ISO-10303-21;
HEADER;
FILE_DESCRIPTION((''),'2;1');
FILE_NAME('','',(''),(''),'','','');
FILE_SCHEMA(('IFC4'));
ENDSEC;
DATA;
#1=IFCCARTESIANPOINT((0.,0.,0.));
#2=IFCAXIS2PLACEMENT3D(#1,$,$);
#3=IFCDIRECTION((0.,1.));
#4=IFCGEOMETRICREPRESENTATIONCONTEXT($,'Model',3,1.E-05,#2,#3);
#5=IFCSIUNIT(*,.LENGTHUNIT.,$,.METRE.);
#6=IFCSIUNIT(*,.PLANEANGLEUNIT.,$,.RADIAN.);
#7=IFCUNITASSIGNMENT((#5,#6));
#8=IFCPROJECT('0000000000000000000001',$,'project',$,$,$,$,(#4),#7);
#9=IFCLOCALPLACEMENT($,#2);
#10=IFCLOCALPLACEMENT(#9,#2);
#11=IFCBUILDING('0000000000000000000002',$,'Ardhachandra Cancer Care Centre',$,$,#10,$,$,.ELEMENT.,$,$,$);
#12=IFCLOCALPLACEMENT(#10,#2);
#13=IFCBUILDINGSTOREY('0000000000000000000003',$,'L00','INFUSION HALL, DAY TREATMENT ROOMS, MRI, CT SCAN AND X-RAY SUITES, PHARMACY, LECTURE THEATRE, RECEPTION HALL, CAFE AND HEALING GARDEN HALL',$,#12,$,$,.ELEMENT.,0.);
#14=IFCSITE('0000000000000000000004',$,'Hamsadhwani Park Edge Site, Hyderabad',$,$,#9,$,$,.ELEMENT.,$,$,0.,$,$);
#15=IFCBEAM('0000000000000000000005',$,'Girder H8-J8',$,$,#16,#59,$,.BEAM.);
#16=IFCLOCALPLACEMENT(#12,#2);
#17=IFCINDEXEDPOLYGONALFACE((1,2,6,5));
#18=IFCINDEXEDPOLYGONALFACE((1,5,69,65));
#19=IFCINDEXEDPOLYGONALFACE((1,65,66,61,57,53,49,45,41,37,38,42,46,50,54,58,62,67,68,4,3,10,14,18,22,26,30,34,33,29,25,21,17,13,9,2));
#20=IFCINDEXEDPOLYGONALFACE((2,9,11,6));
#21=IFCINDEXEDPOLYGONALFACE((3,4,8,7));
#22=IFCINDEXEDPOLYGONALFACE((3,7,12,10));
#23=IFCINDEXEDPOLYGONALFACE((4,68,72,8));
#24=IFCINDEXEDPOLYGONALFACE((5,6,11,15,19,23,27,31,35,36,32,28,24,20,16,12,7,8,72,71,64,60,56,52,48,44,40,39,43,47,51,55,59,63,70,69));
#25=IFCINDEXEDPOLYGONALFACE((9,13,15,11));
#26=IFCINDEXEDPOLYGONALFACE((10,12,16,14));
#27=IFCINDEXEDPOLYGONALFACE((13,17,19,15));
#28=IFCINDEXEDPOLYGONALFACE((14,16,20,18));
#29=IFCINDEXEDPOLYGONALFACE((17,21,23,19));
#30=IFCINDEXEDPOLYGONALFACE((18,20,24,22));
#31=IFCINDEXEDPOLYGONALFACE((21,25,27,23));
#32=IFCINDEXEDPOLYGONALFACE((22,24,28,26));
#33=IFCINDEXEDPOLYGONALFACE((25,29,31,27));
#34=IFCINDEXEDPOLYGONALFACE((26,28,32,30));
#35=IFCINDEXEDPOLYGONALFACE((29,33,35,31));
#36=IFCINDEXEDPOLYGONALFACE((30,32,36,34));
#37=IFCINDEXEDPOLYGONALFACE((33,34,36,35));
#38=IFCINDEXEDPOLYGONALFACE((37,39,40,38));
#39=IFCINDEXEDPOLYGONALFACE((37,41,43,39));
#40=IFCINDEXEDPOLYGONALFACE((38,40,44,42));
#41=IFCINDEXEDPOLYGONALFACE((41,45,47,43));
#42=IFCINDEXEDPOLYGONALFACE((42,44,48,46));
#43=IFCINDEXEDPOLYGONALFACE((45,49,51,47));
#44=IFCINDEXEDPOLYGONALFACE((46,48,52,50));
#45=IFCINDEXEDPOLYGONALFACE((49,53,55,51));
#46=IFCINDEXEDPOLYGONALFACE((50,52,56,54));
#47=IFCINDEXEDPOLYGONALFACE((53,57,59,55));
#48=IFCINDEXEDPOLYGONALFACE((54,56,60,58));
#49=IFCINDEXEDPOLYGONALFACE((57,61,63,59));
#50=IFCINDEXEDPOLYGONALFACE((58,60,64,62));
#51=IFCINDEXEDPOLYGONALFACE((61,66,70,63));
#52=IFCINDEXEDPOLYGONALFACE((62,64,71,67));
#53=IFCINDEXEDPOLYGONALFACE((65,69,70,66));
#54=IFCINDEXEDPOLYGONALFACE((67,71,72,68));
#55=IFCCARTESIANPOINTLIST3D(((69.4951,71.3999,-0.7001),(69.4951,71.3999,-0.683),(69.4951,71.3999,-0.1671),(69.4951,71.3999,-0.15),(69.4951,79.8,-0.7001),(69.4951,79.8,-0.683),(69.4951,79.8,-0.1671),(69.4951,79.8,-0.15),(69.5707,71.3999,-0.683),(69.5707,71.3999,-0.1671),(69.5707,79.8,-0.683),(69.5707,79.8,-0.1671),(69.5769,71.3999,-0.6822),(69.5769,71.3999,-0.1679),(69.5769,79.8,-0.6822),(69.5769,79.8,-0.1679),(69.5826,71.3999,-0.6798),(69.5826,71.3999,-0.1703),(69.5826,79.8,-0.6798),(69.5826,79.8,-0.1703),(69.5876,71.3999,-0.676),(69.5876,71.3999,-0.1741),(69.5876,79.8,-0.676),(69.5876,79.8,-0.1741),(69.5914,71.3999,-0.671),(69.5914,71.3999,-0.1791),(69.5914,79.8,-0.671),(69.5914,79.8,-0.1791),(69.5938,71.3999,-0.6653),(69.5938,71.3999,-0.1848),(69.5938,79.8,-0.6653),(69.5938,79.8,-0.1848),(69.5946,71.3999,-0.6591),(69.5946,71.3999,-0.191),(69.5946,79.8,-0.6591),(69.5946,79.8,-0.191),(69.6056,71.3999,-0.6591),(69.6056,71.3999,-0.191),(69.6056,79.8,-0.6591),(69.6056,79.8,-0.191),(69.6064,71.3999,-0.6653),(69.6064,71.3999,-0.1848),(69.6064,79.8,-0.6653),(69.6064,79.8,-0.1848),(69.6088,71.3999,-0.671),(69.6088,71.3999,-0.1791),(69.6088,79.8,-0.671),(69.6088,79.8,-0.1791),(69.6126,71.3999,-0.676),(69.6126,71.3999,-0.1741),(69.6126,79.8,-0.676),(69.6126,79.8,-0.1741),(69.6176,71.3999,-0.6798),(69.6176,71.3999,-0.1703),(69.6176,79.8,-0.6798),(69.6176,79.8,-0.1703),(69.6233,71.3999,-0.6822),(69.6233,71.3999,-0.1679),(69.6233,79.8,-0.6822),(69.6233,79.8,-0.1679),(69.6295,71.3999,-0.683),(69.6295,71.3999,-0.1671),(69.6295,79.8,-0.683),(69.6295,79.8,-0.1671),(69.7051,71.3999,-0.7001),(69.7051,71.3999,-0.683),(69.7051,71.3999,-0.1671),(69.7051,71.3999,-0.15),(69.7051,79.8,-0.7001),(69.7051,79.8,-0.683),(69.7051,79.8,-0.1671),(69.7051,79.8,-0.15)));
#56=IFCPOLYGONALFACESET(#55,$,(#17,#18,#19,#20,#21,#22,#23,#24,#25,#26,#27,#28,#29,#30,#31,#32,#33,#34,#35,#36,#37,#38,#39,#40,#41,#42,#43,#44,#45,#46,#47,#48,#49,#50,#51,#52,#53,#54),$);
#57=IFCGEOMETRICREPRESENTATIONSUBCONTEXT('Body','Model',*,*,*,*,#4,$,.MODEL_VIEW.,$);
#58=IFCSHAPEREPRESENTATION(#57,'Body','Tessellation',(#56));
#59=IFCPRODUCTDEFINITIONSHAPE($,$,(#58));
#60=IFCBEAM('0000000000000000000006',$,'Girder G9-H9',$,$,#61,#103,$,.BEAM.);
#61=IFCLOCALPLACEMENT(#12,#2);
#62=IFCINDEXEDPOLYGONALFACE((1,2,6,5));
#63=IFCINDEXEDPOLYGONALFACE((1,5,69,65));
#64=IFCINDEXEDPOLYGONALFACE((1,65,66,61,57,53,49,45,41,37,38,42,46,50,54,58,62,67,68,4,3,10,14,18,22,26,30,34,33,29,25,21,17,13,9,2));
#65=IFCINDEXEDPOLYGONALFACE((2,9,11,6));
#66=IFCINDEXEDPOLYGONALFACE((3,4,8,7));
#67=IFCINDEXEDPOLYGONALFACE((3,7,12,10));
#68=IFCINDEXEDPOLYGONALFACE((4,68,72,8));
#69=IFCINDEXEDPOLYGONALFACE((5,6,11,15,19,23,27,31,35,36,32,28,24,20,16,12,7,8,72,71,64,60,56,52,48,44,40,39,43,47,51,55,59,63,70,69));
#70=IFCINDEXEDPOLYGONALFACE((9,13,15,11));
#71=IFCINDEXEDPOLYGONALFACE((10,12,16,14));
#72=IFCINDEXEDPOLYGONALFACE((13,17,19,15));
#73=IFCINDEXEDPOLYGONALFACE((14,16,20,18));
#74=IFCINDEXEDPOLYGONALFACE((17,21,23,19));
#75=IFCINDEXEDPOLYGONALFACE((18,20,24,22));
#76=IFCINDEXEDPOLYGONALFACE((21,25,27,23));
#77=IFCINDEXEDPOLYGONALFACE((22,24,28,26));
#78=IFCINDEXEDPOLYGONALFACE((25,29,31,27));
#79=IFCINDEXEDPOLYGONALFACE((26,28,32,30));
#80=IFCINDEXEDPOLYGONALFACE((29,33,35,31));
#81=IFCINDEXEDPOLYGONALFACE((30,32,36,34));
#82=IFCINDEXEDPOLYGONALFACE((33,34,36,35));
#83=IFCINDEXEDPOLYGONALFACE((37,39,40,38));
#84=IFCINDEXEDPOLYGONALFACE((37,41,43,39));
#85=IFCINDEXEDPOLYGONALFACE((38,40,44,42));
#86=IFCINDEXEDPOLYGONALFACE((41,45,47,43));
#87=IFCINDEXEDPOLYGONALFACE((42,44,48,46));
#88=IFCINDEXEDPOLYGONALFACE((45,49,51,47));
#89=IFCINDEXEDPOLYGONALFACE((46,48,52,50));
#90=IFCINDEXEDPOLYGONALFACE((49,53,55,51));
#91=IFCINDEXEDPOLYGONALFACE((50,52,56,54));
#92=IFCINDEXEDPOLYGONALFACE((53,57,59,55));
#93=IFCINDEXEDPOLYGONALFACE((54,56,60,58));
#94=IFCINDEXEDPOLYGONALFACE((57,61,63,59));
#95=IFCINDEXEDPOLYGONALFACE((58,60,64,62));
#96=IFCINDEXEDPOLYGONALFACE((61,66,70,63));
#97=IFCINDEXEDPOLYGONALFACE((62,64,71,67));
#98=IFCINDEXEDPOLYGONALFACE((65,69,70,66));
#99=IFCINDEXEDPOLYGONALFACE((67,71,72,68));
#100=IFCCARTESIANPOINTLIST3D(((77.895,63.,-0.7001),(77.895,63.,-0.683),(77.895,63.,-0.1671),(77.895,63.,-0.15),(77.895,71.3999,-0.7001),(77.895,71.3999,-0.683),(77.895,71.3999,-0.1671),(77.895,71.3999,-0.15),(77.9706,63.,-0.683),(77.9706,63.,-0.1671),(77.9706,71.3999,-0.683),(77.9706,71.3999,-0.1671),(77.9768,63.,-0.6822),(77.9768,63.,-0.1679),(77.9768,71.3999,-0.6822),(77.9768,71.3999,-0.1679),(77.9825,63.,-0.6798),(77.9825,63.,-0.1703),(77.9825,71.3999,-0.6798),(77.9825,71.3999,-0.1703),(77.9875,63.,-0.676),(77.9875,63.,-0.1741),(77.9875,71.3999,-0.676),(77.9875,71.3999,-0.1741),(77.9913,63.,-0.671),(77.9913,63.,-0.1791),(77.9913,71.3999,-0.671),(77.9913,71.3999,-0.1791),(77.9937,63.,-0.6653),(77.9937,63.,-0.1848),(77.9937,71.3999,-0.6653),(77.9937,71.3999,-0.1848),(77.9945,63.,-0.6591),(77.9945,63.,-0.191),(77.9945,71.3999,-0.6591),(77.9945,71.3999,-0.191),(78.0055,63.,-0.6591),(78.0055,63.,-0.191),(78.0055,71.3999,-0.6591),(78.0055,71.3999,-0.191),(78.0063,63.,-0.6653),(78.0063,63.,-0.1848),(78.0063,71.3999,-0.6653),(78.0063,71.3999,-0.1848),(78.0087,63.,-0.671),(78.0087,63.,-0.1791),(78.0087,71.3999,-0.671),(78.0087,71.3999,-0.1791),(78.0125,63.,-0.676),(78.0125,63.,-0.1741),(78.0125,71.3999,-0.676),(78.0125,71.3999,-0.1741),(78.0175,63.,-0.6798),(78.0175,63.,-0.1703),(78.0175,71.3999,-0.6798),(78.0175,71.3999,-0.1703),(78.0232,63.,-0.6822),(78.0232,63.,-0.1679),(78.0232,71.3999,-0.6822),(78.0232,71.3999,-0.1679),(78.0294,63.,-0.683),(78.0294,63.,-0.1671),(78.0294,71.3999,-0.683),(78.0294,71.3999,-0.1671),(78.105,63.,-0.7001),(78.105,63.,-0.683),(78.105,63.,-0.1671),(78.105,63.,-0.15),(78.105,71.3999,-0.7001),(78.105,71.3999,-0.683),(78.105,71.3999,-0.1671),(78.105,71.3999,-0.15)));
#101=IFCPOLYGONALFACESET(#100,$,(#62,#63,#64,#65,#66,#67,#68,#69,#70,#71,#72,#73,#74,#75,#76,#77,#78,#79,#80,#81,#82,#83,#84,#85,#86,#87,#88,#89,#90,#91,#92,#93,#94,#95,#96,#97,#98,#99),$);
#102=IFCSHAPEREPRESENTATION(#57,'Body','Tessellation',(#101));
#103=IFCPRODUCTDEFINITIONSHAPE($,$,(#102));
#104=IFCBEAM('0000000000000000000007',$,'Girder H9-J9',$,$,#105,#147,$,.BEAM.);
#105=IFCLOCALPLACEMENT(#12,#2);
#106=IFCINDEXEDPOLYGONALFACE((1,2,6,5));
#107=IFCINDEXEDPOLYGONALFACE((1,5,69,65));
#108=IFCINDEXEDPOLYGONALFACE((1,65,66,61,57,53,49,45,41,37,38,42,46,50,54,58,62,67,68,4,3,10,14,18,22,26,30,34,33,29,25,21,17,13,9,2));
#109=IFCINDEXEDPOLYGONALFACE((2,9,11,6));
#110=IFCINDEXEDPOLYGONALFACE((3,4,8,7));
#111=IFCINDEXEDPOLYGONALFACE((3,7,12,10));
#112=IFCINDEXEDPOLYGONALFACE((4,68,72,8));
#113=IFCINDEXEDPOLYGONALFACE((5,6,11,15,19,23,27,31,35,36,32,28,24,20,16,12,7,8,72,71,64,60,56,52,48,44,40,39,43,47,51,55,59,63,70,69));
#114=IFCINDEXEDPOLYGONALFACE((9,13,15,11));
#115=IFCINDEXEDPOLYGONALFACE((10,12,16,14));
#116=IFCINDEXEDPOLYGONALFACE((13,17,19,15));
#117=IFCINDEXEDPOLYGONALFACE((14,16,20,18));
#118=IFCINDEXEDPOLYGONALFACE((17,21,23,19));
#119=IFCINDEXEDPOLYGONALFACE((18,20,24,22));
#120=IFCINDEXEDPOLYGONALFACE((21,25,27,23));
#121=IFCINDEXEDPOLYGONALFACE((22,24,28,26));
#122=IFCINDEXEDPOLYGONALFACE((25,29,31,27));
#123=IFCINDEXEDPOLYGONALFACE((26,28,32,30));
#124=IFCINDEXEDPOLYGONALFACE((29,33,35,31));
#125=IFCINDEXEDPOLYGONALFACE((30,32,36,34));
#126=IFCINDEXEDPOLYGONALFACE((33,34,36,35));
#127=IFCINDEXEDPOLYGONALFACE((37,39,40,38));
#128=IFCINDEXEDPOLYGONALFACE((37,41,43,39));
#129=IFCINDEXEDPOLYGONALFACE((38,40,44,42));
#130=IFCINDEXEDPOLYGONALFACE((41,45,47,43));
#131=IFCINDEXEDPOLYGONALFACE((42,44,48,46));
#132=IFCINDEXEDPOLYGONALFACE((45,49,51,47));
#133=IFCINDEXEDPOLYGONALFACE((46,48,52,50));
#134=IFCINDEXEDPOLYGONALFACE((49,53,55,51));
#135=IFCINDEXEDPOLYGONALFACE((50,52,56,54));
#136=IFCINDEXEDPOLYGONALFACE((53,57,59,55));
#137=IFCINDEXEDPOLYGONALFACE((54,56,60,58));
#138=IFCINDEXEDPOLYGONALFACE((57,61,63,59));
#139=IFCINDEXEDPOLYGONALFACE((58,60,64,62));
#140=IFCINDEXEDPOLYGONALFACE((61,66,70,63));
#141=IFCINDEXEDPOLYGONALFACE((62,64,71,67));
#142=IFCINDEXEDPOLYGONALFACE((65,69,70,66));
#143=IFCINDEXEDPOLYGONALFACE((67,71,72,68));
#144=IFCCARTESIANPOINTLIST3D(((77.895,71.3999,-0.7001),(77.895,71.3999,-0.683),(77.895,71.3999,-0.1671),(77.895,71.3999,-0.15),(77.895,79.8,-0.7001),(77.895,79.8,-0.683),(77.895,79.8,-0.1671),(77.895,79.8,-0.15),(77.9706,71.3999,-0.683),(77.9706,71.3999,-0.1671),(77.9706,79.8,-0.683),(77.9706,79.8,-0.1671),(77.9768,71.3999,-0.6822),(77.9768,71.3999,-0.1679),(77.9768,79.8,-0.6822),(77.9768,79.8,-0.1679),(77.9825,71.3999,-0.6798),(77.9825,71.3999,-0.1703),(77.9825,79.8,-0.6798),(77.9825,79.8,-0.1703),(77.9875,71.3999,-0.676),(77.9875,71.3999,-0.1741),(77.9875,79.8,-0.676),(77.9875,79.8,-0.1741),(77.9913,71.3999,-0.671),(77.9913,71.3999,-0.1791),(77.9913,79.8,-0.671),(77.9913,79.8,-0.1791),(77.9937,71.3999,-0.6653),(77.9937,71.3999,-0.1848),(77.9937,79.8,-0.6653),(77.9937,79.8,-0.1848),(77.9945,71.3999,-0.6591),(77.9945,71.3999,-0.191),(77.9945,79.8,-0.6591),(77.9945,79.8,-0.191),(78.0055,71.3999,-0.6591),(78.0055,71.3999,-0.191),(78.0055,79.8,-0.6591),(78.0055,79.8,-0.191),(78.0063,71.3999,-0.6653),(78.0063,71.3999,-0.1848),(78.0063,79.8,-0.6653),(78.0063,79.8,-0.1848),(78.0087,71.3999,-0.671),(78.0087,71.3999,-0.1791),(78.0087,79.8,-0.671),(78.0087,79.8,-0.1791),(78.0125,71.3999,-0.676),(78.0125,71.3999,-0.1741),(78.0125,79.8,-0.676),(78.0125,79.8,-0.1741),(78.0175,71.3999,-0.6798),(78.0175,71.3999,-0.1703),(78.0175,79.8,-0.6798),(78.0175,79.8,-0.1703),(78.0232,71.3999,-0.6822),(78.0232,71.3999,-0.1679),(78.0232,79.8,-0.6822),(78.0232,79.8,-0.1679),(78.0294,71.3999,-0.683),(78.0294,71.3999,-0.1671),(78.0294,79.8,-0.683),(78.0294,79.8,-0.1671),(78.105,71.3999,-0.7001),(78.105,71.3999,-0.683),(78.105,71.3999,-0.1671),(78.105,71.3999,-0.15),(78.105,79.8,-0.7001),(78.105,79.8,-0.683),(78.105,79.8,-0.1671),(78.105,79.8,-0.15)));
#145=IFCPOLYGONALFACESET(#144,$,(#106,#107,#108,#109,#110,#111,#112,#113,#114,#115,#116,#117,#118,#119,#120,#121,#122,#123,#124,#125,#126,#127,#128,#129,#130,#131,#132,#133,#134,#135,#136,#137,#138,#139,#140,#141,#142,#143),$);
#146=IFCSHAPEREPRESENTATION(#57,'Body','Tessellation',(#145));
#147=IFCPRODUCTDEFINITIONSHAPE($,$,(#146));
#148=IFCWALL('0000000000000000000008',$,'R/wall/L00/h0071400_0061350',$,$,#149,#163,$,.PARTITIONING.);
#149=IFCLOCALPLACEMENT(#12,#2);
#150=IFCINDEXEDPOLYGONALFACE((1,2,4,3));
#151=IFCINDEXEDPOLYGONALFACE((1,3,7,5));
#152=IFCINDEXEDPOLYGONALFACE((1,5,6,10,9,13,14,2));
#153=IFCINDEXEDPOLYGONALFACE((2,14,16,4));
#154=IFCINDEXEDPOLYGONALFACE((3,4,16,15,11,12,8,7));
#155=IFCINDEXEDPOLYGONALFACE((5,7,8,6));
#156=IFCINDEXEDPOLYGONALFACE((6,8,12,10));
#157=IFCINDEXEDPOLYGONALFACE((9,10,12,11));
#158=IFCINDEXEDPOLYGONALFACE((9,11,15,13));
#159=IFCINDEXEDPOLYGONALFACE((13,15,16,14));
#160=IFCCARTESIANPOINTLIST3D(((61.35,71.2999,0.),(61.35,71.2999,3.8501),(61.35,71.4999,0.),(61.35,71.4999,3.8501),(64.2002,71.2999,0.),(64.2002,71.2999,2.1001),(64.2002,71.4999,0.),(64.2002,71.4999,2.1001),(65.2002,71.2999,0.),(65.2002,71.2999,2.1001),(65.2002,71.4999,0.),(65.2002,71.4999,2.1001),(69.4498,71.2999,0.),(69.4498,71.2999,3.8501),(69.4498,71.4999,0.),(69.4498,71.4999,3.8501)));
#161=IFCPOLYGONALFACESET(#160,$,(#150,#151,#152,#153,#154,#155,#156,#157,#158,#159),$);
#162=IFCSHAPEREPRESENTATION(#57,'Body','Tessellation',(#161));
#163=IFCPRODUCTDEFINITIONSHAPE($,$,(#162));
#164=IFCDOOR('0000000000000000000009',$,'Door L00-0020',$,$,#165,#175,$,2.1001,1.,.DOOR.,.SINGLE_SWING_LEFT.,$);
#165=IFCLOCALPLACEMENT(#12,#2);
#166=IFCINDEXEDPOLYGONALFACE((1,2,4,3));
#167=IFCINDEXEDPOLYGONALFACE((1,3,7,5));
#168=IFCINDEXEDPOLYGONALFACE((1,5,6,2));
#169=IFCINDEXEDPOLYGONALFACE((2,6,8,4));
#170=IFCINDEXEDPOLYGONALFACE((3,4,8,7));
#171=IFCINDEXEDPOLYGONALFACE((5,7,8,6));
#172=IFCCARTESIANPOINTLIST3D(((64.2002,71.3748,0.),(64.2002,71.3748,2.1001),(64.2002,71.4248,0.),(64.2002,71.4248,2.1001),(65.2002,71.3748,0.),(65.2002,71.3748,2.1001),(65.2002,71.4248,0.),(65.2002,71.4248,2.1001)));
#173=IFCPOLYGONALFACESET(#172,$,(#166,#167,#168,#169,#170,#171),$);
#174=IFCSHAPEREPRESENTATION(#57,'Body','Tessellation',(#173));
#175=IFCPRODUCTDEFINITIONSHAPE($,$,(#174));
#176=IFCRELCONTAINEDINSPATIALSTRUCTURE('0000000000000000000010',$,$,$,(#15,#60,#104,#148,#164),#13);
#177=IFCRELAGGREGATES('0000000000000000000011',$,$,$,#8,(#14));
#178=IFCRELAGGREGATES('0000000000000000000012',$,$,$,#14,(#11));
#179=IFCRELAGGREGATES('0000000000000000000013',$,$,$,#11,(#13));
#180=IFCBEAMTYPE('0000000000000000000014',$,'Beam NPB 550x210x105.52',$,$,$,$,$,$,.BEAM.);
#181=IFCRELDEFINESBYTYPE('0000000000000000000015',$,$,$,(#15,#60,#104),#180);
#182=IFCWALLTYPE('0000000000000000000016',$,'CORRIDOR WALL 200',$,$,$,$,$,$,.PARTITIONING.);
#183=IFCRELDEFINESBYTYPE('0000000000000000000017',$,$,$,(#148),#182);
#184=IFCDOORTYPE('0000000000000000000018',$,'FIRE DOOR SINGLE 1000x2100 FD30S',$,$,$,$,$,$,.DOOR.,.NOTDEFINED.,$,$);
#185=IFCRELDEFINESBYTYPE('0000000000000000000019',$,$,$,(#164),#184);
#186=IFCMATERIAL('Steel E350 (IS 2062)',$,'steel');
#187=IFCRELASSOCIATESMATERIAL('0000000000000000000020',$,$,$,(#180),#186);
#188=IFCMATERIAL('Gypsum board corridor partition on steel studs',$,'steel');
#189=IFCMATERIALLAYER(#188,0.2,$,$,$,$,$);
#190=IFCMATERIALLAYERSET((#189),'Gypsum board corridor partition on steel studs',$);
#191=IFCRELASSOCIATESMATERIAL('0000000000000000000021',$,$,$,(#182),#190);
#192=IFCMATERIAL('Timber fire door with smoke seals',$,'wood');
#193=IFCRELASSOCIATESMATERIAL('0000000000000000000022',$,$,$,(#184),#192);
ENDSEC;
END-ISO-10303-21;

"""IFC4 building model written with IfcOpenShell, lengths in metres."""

from ifc_helpers import new_model, si_unit, direction, frame, frame_2d, origin, origin_2d, place, context, subcontext, project, spatial, rectangle, i_section, extrude, material, layer, layer_set, material_profile, profile_set, type_object, element, fill, save


model = new_model("IFC4")

# Units and contexts
model_context = context("Model", 3, precision=1e-05, world=origin(), true_north=direction((0.0, 1.0)))
body_context = subcontext(model_context, "Body", "Model", "MODEL_VIEW")
ifc_project = project(units=[si_unit("LENGTHUNIT", "METRE"), si_unit("PLANEANGLEUNIT", "RADIAN")], contexts=[model_context])

# Site, building, storey
site_placement = place(None, origin())
site = spatial("IfcSite", under=ifc_project, at=site_placement, Name="Hamsadhwani Park Edge Site, Hyderabad", CompositionType="ELEMENT", RefElevation=0.0)
building_placement = place(site_placement, origin())
building = spatial("IfcBuilding", under=site, at=building_placement, Name="Ardhachandra Cancer Care Centre", CompositionType="ELEMENT")
storey_placement = place(building_placement, origin())
storey = spatial("IfcBuildingStorey", under=building, at=storey_placement, Name="L00", Description="INFUSION HALL, DAY TREATMENT ROOMS, MRI, CT SCAN AND X-RAY SUITES, PHARMACY, LECTURE THEATRE, RECEPTION HALL, CAFE AND HEALING GARDEN HALL", CompositionType="ELEMENT", Elevation=0.0)

# Beams
ifc_material_1 = material(Name="Steel E350 (IS 2062)", Category="steel")
ifc_material_profile_1 = material_profile(ifc_material_1, i_section(OverallWidth=0.21, OverallDepth=0.55, WebThickness=0.011, FlangeThickness=0.0171, FilletRadius=0.0239, at=origin_2d()), Name="NPB 550x210x105.52")
ifc_profile_set_1 = profile_set([ifc_material_profile_1], Name="Steel E350 (IS 2062)")
beam_type_1 = type_object("IfcBeamType", Name="Beam NPB 550x210x105.52", PredefinedType="BEAM", material=ifc_profile_set_1)
beam_1_placement = place(storey_placement, frame((69.6001, 71.3999, -0.425), z_axis=(0.0, 1.0, 0.0), x_axis=(-1.0, 0.0, 0.0)))
element("IfcBeam", 1, at=beam_1_placement, inside=storey, type_object=beam_type_1, Name="Girder H8-J8", PredefinedType="BEAM", context=body_context, shape_type="SweptSolid", body=[
    extrude(i_section(OverallWidth=0.21, OverallDepth=0.55, WebThickness=0.011, FlangeThickness=0.0171, FilletRadius=0.0239, at=origin_2d()), origin(), (0.0, 0.0, 1.0), 8.4001),
])
beam_2_placement = place(storey_placement, frame((78.0, 63.0, -0.425), z_axis=(0.0, 1.0, 0.0), x_axis=(-1.0, 0.0, 0.0)))
element("IfcBeam", 2, at=beam_2_placement, inside=storey, type_object=beam_type_1, Name="Girder G9-H9", PredefinedType="BEAM", context=body_context, shape_type="SweptSolid", body=[
    extrude(i_section(OverallWidth=0.21, OverallDepth=0.55, WebThickness=0.011, FlangeThickness=0.0171, FilletRadius=0.0239, at=origin_2d()), origin(), (0.0, 0.0, 1.0), 8.3999),
])
beam_3_placement = place(storey_placement, frame((78.0, 71.3999, -0.425), z_axis=(0.0, 1.0, 0.0), x_axis=(-1.0, 0.0, 0.0)))
element("IfcBeam", 3, at=beam_3_placement, inside=storey, type_object=beam_type_1, Name="Girder H9-J9", PredefinedType="BEAM", context=body_context, shape_type="SweptSolid", body=[
    extrude(i_section(OverallWidth=0.21, OverallDepth=0.55, WebThickness=0.011, FlangeThickness=0.0171, FilletRadius=0.0239, at=origin_2d()), origin(), (0.0, 0.0, 1.0), 8.4001),
])

# Wall, opening, door
ifc_material_2 = material(Name="Gypsum board corridor partition on steel studs", Category="steel")
ifc_layer_1 = layer(ifc_material_2, 0.2)
ifc_layer_set_1 = layer_set([ifc_layer_1], Name="Gypsum board corridor partition on steel studs")
wall_type_1 = type_object("IfcWallType", Name="CORRIDOR WALL 200", PredefinedType="PARTITIONING", material=ifc_layer_set_1)
wall_1_placement = place(storey_placement, frame((61.3501, 71.3999, 0.0), z_axis=(0.0, 0.0, 1.0), x_axis=(1.0, 0.0, 0.0)))
wall_1 = element("IfcWall", 4, at=wall_1_placement, inside=storey, type_object=wall_type_1, Name="R/wall/L00/h0071400_0061350", PredefinedType="PARTITIONING", context=body_context, shape_type="SweptSolid", body=[
    extrude(rectangle(XDim=8.0999, YDim=0.2, at=frame_2d((4.0498, 0.0))), origin(), (0.0, 0.0, 1.0), 3.8501),
])
opening_1_placement = place(wall_1_placement, frame((2.8501, 0.0, 0.0)))
opening_1 = element("IfcOpeningElement", 5, at=opening_1_placement, cuts=wall_1, PredefinedType="OPENING", context=body_context, shape_type="SweptSolid", body=[
    extrude(rectangle(XDim=1.0, YDim=2.1001, at=frame_2d((0.5, 1.05))), frame((0.0, 0.1099, 0.0), z_axis=(0.0, -1.0, 0.0), x_axis=(1.0, 0.0, 0.0)), (0.0, 0.0, 1.0), 0.22),
])
ifc_material_3 = material(Name="Timber fire door with smoke seals", Category="wood")
door_type = type_object("IfcDoorType", Name="FIRE DOOR SINGLE 1000x2100 FD30S", OperationType="NOTDEFINED", PredefinedType="DOOR", material=ifc_material_3)
door_1_placement = place(opening_1_placement, origin())
door_1 = element("IfcDoor", 6, at=door_1_placement, inside=storey, type_object=door_type, Name="Door L00-0020", OperationType="SINGLE_SWING_LEFT", OverallHeight=2.1001, OverallWidth=1.0, PredefinedType="DOOR", context=body_context, shape_type="SweptSolid", body=[
    extrude(rectangle(XDim=1.0, YDim=2.1001, at=frame_2d((0.5, 1.05))), frame((0.0, 0.0249, 0.0), z_axis=(0.0, -1.0, 0.0), x_axis=(1.0, 0.0, 0.0)), (0.0, 0.0, 1.0), 0.05),
])
fill(opening_1, door_1)

save(model, "model.ifc")
